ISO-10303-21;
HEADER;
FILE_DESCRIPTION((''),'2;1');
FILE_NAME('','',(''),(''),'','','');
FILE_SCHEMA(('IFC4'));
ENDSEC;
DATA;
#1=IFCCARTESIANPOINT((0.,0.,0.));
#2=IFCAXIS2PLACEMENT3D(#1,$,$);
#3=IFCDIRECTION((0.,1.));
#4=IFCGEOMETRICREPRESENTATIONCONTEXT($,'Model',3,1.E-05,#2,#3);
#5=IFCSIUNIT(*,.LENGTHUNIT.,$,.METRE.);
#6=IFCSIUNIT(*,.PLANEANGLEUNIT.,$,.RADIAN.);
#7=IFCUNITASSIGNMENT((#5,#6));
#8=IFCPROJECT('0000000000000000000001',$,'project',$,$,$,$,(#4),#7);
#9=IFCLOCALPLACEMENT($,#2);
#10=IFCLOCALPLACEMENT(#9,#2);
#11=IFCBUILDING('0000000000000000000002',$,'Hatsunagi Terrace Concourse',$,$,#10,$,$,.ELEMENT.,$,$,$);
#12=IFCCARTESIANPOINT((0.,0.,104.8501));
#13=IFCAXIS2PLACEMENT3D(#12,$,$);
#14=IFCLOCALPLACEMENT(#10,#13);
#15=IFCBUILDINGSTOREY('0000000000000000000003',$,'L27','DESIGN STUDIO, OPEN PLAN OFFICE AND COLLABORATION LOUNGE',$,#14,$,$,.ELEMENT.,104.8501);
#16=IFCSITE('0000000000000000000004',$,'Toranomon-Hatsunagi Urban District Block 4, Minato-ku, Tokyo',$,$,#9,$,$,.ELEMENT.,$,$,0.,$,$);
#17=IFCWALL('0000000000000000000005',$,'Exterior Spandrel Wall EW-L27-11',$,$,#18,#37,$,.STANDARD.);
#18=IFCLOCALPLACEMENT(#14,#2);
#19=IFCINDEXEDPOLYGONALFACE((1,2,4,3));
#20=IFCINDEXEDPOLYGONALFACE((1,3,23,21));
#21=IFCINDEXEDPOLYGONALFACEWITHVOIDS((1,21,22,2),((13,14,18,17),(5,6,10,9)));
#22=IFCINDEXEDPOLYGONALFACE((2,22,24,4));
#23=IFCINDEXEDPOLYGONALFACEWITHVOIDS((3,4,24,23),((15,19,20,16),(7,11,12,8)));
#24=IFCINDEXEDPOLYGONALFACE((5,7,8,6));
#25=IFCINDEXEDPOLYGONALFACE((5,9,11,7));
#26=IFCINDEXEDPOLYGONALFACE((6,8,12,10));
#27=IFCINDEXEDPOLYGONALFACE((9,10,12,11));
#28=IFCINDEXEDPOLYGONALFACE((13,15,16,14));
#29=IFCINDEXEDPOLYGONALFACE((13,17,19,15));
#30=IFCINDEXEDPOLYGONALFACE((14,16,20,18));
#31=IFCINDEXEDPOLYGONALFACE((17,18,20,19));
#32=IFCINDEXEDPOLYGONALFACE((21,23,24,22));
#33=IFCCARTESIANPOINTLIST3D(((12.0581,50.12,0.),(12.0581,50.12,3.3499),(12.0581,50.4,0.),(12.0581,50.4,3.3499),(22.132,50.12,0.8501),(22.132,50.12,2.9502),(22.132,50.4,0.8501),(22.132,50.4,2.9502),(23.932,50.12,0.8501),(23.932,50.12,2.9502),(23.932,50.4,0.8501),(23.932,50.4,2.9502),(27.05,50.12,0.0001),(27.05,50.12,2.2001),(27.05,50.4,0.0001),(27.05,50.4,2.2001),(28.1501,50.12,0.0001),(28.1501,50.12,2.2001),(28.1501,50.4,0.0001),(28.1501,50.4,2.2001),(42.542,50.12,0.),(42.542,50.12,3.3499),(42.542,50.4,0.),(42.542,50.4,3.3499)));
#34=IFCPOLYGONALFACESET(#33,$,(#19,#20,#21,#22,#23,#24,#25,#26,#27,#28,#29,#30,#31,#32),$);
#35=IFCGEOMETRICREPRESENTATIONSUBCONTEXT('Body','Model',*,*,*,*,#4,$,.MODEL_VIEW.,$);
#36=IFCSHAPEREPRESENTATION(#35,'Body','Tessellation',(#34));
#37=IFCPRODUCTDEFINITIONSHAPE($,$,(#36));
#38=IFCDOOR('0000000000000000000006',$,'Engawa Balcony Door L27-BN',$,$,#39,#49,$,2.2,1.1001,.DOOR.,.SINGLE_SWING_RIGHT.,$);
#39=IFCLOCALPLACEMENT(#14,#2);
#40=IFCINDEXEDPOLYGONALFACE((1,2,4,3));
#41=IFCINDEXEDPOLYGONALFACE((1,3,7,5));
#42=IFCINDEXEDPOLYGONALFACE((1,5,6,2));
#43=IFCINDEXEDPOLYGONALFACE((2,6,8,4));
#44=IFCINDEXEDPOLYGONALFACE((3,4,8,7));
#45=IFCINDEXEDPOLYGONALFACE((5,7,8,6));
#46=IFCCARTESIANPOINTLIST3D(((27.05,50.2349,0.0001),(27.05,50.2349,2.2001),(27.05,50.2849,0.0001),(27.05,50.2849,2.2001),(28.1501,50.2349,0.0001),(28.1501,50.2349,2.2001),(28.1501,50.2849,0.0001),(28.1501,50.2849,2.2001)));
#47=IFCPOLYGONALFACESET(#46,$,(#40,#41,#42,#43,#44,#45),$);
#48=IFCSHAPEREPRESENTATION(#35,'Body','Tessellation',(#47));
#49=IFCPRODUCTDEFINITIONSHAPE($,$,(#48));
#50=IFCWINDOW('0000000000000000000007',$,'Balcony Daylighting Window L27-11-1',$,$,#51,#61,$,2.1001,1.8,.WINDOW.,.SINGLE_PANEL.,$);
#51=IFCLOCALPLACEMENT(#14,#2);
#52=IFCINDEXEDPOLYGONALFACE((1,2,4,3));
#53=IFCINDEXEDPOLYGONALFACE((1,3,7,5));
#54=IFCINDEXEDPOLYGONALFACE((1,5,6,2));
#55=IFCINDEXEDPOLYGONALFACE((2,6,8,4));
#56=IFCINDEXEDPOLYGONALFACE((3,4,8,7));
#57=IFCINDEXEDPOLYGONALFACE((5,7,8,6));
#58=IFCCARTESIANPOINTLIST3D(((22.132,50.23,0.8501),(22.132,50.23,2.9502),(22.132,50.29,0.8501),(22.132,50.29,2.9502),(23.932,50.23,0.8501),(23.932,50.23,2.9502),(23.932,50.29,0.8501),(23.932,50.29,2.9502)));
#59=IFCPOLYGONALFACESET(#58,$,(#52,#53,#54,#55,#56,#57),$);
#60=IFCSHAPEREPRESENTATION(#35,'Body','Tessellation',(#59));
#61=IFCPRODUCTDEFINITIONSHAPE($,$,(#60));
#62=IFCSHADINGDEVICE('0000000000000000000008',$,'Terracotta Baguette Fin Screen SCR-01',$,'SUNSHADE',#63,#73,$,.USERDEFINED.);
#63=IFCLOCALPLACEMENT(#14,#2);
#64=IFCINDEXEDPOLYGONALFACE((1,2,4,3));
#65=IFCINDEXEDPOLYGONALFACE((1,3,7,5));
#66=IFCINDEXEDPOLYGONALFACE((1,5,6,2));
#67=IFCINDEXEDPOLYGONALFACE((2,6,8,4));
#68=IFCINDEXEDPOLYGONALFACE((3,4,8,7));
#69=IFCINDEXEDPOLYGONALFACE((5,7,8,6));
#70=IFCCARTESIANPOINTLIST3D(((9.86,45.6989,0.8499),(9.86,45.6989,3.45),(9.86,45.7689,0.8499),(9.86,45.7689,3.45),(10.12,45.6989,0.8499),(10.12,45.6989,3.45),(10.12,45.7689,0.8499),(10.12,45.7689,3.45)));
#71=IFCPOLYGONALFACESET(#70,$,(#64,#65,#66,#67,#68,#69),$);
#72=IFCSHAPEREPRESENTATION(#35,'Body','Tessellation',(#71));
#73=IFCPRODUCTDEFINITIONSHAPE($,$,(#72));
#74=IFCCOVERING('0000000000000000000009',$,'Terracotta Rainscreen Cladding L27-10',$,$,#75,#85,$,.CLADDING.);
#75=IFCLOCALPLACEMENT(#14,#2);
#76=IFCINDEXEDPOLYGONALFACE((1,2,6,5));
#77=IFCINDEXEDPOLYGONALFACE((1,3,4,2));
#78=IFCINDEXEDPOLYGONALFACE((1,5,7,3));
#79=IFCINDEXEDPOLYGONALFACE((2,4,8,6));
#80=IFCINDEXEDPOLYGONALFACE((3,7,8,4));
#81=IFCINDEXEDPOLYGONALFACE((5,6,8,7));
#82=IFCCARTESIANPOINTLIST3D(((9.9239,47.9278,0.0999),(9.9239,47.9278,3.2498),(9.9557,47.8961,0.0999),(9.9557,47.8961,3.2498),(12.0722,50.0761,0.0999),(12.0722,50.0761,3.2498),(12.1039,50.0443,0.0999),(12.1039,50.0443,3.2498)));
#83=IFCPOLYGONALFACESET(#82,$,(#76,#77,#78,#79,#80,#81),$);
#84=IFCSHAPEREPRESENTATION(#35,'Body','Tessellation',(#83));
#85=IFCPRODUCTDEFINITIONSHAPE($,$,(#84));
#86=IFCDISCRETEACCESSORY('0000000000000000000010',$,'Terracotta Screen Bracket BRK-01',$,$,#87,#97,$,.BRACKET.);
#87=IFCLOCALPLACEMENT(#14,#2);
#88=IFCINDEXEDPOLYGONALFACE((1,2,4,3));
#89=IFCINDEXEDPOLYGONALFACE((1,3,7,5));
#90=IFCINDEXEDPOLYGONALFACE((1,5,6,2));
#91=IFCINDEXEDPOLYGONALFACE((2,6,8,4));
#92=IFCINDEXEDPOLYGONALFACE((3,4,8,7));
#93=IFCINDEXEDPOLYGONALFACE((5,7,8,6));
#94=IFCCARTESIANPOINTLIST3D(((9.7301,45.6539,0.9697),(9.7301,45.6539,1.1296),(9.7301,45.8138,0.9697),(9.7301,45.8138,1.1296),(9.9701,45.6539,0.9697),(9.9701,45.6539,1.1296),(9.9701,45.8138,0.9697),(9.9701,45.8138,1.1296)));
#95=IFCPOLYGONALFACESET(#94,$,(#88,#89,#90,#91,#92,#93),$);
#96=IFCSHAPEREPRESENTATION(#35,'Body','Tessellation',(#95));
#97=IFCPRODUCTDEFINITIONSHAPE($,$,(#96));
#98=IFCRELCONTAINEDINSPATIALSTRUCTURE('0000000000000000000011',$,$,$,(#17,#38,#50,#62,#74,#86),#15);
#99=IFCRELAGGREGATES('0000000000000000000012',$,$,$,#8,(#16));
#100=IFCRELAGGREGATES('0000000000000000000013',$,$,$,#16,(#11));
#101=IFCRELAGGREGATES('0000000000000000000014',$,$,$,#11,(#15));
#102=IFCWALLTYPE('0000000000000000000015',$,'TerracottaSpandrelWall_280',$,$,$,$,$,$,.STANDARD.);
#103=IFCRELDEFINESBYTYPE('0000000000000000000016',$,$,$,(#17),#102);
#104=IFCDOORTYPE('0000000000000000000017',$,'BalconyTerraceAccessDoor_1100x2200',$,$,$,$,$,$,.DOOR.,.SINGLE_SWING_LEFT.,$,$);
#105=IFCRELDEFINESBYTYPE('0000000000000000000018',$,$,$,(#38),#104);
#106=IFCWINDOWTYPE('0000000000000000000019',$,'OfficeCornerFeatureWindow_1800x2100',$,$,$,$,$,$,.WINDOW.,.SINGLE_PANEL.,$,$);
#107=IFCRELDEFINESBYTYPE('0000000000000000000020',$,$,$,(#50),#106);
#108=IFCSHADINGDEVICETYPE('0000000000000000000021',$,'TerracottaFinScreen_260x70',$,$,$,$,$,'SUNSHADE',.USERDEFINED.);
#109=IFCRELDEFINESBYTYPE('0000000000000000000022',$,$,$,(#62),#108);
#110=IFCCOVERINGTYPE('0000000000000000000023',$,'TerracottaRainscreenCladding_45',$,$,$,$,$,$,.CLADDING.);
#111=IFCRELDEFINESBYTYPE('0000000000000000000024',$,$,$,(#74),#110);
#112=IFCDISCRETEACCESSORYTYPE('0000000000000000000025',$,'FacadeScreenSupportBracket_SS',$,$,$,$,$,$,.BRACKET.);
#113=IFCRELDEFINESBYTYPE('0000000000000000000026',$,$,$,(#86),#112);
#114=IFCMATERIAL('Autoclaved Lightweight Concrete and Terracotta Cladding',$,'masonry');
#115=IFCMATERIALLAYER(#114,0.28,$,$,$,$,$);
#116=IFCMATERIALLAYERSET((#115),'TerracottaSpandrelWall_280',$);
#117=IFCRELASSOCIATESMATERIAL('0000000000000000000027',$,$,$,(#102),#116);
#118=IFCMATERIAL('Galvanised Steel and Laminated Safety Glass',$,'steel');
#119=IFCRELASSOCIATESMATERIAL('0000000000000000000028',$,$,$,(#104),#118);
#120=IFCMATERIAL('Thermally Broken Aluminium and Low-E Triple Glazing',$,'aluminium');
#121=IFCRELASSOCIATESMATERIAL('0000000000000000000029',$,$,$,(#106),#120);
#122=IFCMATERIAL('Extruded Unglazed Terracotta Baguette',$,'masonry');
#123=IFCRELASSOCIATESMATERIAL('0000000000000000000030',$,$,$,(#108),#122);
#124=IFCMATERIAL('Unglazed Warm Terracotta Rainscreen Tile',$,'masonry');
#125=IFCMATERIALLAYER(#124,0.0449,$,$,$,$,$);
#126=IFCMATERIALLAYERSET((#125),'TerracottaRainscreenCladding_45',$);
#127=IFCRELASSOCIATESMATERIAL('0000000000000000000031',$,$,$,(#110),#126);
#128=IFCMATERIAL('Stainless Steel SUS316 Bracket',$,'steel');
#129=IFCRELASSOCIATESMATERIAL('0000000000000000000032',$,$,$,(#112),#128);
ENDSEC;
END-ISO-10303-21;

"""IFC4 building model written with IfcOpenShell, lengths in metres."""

from ifc_helpers import new_model, si_unit, direction, frame, frame_2d, origin, origin_2d, place, context, subcontext, project, spatial, rectangle, extrude, material, layer, layer_set, type_object, element, fill, save


model = new_model("IFC4")

# Units and contexts
model_context = context("Model", 3, precision=1e-05, world=origin(), true_north=direction((0.0, 1.0)))
body_context = subcontext(model_context, "Body", "Model", "MODEL_VIEW")
ifc_project = project(units=[si_unit("LENGTHUNIT", "METRE"), si_unit("PLANEANGLEUNIT", "RADIAN")], contexts=[model_context])

# Site, building, storey
site_placement = place(None, origin())
site = spatial("IfcSite", under=ifc_project, at=site_placement, Name="Toranomon-Hatsunagi Urban District Block 4, Minato-ku, Tokyo", CompositionType="ELEMENT", RefElevation=0.0)
building_placement = place(site_placement, origin())
building = spatial("IfcBuilding", under=site, at=building_placement, Name="Hatsunagi Terrace Concourse", CompositionType="ELEMENT")
storey_placement = place(building_placement, frame((0.0, 0.0, 104.8501)))
storey = spatial("IfcBuildingStorey", under=building, at=storey_placement, Name="L27", Description="DESIGN STUDIO, OPEN PLAN OFFICE AND COLLABORATION LOUNGE", CompositionType="ELEMENT", Elevation=104.8501)

# Shared definitions
ifc_material_1 = material(Name="Autoclaved Lightweight Concrete and Terracotta Cladding", Category="masonry")
ifc_layer_1 = layer(ifc_material_1, 0.28)
ifc_layer_set_1 = layer_set([ifc_layer_1], Name="TerracottaSpandrelWall_280")
wall_type = type_object("IfcWallType", Name="TerracottaSpandrelWall_280", PredefinedType="STANDARD", material=ifc_layer_set_1)

# Wall, openings, door, window
wall_1_placement = place(storey_placement, frame((12.0581, 50.26, 0.0), z_axis=(0.0, 0.0, 1.0), x_axis=(1.0, 0.0, 0.0)))
wall_1 = element("IfcWall", 1, at=wall_1_placement, inside=storey, type_object=wall_type, Name="Exterior Spandrel Wall EW-L27-11", PredefinedType="STANDARD", context=body_context, shape_type="SweptSolid", body=[
    extrude(rectangle(XDim=30.4839, YDim=0.28, at=frame_2d((15.2419, 0.0))), origin(), (0.0, 0.0, 1.0), 3.3499),
])
opening_1_placement = place(wall_1_placement, frame((14.9919, 0.0, 0.0)))
opening_1 = element("IfcOpeningElement", 2, at=opening_1_placement, cuts=wall_1, PredefinedType="OPENING", context=body_context, shape_type="SweptSolid", body=[
    extrude(rectangle(XDim=1.1001, YDim=2.2, at=frame_2d((0.55, 1.1001))), frame((0.0, 0.1499, 0.0), z_axis=(0.0, -1.0, 0.0), x_axis=(1.0, 0.0, 0.0)), (0.0, 0.0, 1.0), 0.3),
])
opening_2_placement = place(wall_1_placement, frame((10.074, 0.0, 0.8501)))
opening_2 = element("IfcOpeningElement", 3, at=opening_2_placement, cuts=wall_1, PredefinedType="OPENING", context=body_context, shape_type="SweptSolid", body=[
    extrude(rectangle(XDim=1.8, YDim=2.1001, at=frame_2d((0.8999, 1.05))), frame((0.0, 0.1499, 0.0), z_axis=(0.0, -1.0, 0.0), x_axis=(1.0, 0.0, 0.0)), (0.0, 0.0, 1.0), 0.3),
])
ifc_material_2 = material(Name="Galvanised Steel and Laminated Safety Glass", Category="steel")
door_type = type_object("IfcDoorType", Name="BalconyTerraceAccessDoor_1100x2200", OperationType="SINGLE_SWING_LEFT", PredefinedType="DOOR", material=ifc_material_2)
door_placement = place(opening_1_placement, origin())
door = element("IfcDoor", 4, at=door_placement, inside=storey, type_object=door_type, Name="Engawa Balcony Door L27-BN", OperationType="SINGLE_SWING_RIGHT", OverallHeight=2.2, OverallWidth=1.1001, PredefinedType="DOOR", context=body_context, shape_type="SweptSolid", body=[
    extrude(rectangle(XDim=1.1001, YDim=2.2, at=frame_2d((0.55, 1.1001))), frame((0.0, 0.0249, 0.0), z_axis=(0.0, -1.0, 0.0), x_axis=(1.0, 0.0, 0.0)), (0.0, 0.0, 1.0), 0.05),
])
fill(opening_1, door)
ifc_material_3 = material(Name="Thermally Broken Aluminium and Low-E Triple Glazing", Category="aluminium")
window_type = type_object("IfcWindowType", Name="OfficeCornerFeatureWindow_1800x2100", PartitioningType="SINGLE_PANEL", PredefinedType="WINDOW", material=ifc_material_3)
window_placement = place(opening_2_placement, origin())
window = element("IfcWindow", 5, at=window_placement, inside=storey, type_object=window_type, Name="Balcony Daylighting Window L27-11-1", OverallHeight=2.1001, OverallWidth=1.8, PartitioningType="SINGLE_PANEL", PredefinedType="WINDOW", context=body_context, shape_type="SweptSolid", body=[
    extrude(rectangle(XDim=1.8, YDim=2.1001, at=frame_2d((0.8999, 1.05))), frame((0.0, 0.03, 0.0), z_axis=(0.0, -1.0, 0.0), x_axis=(1.0, 0.0, 0.0)), (0.0, 0.0, 1.0), 0.0601),
])
fill(opening_2, window)

# Shading device
ifc_material_4 = material(Name="Extruded Unglazed Terracotta Baguette", Category="masonry")
shading_device_type = type_object("IfcShadingDeviceType", Name="TerracottaFinScreen_260x70", ElementType="SUNSHADE", PredefinedType="USERDEFINED", material=ifc_material_4)
shading_device_placement = place(storey_placement, frame((9.99, 45.7339, 0.8499), z_axis=(0.0, 0.0, 1.0), x_axis=(0.0, 1.0, 0.0)))
element("IfcShadingDevice", 6, at=shading_device_placement, inside=storey, type_object=shading_device_type, Name="Terracotta Baguette Fin Screen SCR-01", ObjectType="SUNSHADE", PredefinedType="USERDEFINED", context=body_context, shape_type="SweptSolid", body=[
    extrude(rectangle(XDim=0.0701, YDim=0.26, at=origin_2d()), origin(), (0.0, 0.0, 1.0), 2.6001),
])

# Covering
ifc_material_5 = material(Name="Unglazed Warm Terracotta Rainscreen Tile", Category="masonry")
ifc_layer_2 = layer(ifc_material_5, 0.0449)
ifc_layer_set_2 = layer_set([ifc_layer_2], Name="TerracottaRainscreenCladding_45")
covering_type = type_object("IfcCoveringType", Name="TerracottaRainscreenCladding_45", PredefinedType="CLADDING", material=ifc_layer_set_2)
covering_placement = place(storey_placement, frame((11.0139, 48.9861, 0.0999), z_axis=(0.0, 0.0, 1.0), x_axis=(0.707107, 0.707107, 0.0)))
element("IfcCovering", 7, at=covering_placement, inside=storey, type_object=covering_type, Name="Terracotta Rainscreen Cladding L27-10", PredefinedType="CLADDING", context=body_context, shape_type="SweptSolid", body=[
    extrude(rectangle(XDim=3.0381, YDim=0.0449, at=origin_2d()), origin(), (0.0, 0.0, 1.0), 3.1499),
])

# Discrete accessory
ifc_material_6 = material(Name="Stainless Steel SUS316 Bracket", Category="steel")
discrete_accessory_type = type_object("IfcDiscreteAccessoryType", Name="FacadeScreenSupportBracket_SS", PredefinedType="BRACKET", material=ifc_material_6)
discrete_accessory_placement = place(storey_placement, frame((9.8501, 45.7339, 0.9697), z_axis=(0.0, 0.0, 1.0), x_axis=(0.0, 1.0, 0.0)))
element("IfcDiscreteAccessory", 8, at=discrete_accessory_placement, inside=storey, type_object=discrete_accessory_type, Name="Terracotta Screen Bracket BRK-01", PredefinedType="BRACKET", context=body_context, shape_type="SweptSolid", body=[
    extrude(rectangle(XDim=0.1599, YDim=0.24, at=origin_2d()), origin(), (0.0, 0.0, 1.0), 0.1599),
])

save(model, "model.ifc")
